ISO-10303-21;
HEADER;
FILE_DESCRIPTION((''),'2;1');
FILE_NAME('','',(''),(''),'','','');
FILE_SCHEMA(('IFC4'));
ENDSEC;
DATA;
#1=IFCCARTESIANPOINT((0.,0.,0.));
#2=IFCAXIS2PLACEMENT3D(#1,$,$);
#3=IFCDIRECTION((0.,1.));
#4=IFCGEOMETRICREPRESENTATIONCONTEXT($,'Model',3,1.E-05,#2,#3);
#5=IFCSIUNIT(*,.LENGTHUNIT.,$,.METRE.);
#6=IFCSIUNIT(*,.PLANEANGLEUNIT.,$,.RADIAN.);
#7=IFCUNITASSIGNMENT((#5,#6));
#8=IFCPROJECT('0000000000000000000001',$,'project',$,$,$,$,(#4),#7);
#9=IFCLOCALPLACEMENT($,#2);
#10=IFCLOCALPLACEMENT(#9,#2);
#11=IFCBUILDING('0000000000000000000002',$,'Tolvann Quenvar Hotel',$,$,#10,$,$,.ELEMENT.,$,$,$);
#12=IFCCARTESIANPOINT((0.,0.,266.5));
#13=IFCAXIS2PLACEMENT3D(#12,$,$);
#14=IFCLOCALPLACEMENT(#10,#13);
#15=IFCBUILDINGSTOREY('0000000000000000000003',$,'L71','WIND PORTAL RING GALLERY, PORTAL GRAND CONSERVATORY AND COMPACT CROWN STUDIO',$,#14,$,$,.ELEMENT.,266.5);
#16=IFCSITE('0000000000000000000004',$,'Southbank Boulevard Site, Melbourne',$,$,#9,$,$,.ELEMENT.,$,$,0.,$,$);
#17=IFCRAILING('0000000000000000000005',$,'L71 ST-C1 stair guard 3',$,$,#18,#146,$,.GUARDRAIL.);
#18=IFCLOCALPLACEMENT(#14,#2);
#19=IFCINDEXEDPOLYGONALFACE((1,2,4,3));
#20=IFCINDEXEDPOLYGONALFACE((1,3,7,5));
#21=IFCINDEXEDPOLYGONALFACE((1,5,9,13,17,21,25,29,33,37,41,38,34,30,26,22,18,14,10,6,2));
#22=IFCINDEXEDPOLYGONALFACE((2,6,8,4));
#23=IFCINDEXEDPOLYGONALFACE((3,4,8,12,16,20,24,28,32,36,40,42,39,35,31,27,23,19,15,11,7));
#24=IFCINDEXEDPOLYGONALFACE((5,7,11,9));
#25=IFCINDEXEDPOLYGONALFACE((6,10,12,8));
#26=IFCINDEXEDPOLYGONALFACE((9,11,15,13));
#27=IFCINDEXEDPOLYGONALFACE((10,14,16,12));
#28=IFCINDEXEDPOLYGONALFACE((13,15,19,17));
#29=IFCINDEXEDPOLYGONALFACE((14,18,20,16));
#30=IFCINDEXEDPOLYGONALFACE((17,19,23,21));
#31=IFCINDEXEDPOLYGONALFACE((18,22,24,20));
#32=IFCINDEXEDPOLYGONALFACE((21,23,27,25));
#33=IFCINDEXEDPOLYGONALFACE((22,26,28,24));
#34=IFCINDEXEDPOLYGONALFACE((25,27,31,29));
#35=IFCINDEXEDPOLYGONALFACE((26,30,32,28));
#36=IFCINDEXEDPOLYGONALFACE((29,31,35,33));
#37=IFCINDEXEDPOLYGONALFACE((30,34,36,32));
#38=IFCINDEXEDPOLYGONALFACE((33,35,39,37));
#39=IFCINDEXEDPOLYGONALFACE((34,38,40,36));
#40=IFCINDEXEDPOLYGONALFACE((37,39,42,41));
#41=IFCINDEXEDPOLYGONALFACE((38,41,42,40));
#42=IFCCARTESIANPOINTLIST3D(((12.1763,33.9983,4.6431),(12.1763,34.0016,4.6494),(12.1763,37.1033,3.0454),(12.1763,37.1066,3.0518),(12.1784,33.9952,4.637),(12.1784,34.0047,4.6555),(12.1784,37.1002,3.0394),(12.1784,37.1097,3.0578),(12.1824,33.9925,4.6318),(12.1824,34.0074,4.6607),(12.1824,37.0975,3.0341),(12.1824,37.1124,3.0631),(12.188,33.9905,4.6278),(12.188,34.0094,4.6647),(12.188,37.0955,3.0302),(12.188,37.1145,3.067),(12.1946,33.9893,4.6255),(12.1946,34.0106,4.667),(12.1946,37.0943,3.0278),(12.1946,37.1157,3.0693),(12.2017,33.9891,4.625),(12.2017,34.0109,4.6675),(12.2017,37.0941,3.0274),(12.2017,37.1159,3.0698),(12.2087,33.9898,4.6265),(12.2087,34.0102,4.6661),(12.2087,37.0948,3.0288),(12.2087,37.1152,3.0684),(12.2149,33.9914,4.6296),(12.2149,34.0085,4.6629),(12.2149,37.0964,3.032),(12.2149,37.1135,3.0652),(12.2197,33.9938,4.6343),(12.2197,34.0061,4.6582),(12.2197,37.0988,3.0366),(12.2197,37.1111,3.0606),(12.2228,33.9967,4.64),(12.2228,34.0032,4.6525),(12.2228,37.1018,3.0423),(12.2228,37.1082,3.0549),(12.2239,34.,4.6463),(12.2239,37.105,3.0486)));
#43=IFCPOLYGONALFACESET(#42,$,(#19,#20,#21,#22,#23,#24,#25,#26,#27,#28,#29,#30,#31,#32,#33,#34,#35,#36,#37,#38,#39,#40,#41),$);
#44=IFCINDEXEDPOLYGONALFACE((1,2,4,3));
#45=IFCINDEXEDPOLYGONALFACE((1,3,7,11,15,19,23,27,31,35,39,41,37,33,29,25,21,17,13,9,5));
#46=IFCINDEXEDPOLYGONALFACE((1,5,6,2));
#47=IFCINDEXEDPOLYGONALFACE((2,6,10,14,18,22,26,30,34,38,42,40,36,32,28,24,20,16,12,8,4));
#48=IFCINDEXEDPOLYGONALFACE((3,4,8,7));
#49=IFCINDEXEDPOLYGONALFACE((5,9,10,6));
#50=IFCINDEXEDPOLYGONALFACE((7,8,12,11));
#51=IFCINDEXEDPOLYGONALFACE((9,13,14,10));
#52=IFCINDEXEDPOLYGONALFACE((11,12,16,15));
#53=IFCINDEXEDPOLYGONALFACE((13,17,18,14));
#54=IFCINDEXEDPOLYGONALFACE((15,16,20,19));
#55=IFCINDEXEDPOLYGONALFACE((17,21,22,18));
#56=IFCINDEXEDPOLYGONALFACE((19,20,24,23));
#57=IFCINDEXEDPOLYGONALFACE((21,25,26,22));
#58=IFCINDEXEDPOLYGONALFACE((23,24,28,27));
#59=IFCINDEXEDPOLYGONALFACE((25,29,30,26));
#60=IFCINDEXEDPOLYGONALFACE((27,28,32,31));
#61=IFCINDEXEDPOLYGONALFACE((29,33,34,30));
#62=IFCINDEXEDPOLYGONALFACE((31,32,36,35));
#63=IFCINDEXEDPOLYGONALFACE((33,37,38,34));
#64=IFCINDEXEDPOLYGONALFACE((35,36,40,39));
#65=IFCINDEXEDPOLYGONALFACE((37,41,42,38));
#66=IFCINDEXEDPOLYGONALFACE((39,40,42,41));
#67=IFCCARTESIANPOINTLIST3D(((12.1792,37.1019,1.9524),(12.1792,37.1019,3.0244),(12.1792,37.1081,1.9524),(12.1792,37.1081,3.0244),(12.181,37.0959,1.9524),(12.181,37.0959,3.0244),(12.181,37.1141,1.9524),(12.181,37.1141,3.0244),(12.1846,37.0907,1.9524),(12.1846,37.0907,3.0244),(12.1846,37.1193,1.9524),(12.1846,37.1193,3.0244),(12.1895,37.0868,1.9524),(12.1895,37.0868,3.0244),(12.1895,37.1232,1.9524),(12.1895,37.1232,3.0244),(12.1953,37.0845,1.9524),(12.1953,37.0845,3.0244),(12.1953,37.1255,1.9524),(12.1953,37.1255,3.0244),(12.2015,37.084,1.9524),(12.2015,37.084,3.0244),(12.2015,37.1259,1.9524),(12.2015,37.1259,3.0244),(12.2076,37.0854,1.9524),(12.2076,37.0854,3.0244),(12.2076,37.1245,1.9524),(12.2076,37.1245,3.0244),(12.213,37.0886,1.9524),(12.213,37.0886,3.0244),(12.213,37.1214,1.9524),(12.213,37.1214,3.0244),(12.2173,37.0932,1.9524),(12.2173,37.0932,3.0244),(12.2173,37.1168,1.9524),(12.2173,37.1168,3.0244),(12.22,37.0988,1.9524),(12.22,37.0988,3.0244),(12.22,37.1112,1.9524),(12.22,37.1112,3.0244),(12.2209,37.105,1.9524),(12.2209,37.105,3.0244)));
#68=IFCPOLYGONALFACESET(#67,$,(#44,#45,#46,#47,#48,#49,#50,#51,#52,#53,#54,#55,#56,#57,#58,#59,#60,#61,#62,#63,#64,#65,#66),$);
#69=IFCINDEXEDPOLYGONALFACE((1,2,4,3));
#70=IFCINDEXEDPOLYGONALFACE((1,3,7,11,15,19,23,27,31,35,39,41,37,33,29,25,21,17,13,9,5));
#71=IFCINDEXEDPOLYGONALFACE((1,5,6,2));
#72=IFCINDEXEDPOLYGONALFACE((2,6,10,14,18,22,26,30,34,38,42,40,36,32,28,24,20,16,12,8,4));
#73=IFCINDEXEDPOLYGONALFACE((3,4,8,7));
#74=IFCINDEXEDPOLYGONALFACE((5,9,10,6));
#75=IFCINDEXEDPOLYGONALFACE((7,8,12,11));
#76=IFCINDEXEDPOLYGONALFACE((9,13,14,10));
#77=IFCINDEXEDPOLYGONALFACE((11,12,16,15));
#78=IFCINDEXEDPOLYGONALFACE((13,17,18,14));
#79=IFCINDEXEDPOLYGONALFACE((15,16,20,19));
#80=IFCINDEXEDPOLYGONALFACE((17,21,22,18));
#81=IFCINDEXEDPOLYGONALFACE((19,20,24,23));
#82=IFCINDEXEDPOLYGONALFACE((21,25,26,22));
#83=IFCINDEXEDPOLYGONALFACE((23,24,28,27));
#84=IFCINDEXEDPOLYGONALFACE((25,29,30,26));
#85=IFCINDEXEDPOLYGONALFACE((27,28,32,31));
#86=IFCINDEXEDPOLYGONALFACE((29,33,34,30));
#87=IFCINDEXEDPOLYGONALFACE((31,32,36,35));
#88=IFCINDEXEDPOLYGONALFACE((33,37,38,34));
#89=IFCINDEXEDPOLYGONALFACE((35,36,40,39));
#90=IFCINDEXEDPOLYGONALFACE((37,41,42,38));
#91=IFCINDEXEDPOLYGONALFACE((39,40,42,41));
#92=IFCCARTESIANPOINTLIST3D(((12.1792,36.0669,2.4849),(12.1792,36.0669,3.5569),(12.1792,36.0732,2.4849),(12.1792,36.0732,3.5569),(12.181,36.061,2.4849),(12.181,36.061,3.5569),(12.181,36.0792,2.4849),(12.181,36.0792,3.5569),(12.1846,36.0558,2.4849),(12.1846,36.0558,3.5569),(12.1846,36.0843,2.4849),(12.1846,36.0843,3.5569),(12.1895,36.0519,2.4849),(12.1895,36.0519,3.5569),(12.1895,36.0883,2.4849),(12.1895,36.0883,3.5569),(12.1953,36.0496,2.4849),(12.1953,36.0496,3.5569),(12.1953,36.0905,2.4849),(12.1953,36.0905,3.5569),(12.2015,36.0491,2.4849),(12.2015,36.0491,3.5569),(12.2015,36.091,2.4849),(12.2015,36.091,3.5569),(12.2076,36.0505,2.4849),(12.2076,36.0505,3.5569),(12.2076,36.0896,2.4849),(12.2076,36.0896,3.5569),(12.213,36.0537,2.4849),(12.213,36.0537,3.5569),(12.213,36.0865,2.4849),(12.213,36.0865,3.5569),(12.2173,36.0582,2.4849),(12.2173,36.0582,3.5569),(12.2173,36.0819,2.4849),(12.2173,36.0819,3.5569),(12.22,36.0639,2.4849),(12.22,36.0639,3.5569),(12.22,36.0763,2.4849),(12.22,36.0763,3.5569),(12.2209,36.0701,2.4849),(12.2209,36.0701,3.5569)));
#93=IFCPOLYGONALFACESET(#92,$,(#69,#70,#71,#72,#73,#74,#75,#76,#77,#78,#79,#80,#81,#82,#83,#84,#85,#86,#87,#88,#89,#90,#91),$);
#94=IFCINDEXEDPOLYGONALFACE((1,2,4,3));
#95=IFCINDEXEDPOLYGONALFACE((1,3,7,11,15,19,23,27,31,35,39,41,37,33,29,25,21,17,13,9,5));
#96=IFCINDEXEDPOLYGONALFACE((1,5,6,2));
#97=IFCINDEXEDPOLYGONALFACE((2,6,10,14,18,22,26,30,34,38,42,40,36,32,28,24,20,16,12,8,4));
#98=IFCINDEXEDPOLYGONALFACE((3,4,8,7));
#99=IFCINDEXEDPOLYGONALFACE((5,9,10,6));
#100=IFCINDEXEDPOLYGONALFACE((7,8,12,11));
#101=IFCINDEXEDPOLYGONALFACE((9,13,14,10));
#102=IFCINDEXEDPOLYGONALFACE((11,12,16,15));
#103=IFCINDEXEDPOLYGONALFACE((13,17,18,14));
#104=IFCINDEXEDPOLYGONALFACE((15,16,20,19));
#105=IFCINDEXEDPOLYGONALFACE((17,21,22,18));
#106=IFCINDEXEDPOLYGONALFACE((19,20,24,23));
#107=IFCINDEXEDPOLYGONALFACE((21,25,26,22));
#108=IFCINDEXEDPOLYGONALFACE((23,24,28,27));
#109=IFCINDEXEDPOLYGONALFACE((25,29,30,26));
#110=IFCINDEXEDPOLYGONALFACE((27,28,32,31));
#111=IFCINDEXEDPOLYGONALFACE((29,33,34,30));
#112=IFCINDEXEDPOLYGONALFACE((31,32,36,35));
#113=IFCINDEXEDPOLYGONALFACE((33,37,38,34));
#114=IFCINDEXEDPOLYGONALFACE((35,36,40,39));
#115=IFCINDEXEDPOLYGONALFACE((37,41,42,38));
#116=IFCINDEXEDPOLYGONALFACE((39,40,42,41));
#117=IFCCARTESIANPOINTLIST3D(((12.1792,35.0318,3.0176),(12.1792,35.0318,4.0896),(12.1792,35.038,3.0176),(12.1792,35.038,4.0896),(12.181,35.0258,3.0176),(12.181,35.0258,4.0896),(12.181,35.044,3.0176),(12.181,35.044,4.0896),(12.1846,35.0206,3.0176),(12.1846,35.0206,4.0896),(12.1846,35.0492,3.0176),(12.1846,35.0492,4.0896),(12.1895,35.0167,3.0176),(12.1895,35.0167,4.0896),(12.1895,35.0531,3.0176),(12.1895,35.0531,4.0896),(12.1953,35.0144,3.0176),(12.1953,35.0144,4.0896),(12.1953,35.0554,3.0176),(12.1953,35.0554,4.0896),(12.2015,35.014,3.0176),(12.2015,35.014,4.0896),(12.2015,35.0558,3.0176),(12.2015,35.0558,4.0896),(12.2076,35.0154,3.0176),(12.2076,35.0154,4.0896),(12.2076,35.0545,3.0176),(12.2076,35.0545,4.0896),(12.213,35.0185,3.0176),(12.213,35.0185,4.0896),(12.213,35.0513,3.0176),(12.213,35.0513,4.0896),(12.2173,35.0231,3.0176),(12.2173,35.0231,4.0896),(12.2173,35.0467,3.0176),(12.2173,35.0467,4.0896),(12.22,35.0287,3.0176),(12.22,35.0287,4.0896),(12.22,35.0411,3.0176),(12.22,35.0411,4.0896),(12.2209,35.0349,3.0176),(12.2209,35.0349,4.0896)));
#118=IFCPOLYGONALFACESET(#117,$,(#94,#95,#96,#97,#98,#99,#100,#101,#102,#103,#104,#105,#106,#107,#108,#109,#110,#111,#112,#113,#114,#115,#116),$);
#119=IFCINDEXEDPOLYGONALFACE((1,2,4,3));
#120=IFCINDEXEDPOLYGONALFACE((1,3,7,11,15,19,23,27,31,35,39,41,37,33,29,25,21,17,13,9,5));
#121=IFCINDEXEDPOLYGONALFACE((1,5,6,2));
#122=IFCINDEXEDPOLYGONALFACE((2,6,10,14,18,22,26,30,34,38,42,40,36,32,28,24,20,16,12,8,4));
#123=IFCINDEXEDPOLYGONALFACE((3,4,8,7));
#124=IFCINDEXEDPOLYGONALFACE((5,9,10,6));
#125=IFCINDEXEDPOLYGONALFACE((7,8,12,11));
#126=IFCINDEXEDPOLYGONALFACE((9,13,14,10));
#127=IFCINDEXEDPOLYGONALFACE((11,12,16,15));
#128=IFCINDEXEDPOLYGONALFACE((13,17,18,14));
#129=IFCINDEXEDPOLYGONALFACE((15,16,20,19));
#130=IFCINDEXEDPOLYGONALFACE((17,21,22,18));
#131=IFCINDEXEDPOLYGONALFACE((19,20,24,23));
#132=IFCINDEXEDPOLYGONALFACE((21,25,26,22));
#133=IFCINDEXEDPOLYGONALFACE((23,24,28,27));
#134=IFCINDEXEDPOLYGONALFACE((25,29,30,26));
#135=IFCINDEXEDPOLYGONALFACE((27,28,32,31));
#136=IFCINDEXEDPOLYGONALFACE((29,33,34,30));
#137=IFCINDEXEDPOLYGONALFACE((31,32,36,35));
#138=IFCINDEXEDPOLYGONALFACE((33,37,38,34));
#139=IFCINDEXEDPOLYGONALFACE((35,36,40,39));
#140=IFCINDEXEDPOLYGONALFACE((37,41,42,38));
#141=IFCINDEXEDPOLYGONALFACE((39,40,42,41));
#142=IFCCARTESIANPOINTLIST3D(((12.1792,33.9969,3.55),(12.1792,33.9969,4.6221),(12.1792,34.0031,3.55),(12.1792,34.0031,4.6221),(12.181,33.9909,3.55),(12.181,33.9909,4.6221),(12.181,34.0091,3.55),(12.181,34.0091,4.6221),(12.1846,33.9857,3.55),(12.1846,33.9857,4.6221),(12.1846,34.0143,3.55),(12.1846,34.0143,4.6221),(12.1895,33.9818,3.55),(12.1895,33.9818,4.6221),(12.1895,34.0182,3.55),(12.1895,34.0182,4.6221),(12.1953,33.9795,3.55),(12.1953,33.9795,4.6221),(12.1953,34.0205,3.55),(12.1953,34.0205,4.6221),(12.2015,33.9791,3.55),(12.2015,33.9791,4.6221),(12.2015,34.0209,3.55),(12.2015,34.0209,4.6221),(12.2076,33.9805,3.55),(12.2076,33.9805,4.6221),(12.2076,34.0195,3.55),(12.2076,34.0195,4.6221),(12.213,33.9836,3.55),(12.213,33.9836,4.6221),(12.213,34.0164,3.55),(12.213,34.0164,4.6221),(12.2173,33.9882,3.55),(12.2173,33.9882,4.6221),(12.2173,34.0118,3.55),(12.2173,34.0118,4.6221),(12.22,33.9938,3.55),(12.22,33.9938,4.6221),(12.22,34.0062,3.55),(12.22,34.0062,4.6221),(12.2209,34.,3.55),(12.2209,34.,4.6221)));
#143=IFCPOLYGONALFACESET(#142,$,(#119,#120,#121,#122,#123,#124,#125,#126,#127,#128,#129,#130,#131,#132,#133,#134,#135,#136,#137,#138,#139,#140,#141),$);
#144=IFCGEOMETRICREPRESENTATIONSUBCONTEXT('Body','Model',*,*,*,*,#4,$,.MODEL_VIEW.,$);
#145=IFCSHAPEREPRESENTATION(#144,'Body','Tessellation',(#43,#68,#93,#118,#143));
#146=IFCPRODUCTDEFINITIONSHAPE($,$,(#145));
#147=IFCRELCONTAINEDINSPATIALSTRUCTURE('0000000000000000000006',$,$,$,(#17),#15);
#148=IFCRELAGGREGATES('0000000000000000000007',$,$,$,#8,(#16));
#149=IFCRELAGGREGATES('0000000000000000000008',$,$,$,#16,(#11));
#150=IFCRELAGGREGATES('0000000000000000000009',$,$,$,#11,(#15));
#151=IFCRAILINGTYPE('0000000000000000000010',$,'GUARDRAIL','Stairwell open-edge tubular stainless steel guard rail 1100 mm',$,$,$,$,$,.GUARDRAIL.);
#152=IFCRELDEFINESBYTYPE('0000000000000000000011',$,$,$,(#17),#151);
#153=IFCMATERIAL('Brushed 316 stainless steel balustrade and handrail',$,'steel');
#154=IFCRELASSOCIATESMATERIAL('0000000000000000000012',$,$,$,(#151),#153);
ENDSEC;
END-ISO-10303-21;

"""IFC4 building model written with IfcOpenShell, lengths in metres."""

from ifc_helpers import new_model, si_unit, direction, frame, origin, origin_2d, place, context, subcontext, project, spatial, circle, extrude, material, type_object, element, save


model = new_model("IFC4")

# Units and contexts
model_context = context("Model", 3, precision=1e-05, world=origin(), true_north=direction((0.0, 1.0)))
body_context = subcontext(model_context, "Body", "Model", "MODEL_VIEW")
ifc_project = project(units=[si_unit("LENGTHUNIT", "METRE"), si_unit("PLANEANGLEUNIT", "RADIAN")], contexts=[model_context])

# Site, building, storey
site_placement = place(None, origin())
site = spatial("IfcSite", under=ifc_project, at=site_placement, Name="Southbank Boulevard Site, Melbourne", CompositionType="ELEMENT", RefElevation=0.0)
building_placement = place(site_placement, origin())
building = spatial("IfcBuilding", under=site, at=building_placement, Name="Tolvann Quenvar Hotel", CompositionType="ELEMENT")
storey_placement = place(building_placement, frame((0.0, 0.0, 266.5)))
storey = spatial("IfcBuildingStorey", under=building, at=storey_placement, Name="L71", Description="WIND PORTAL RING GALLERY, PORTAL GRAND CONSERVATORY AND COMPACT CROWN STUDIO", CompositionType="ELEMENT", Elevation=266.5)

# Railing
ifc_material_1 = material(Name="Brushed 316 stainless steel balustrade and handrail", Category="steel")
railing_type_1 = type_object("IfcRailingType", Name="GUARDRAIL", Description="Stairwell open-edge tubular stainless steel guard rail 1100 mm", PredefinedType="GUARDRAIL", material=ifc_material_1)
railing_1_placement = place(storey_placement, frame((12.2, 37.105, 1.9524)))
element("IfcRailing", 1, at=railing_1_placement, inside=storey, type_object=railing_type_1, Name="L71 ST-C1 stair guard 3", PredefinedType="GUARDRAIL", context=body_context, shape_type="SweptSolid", body=[
    extrude(circle(Radius=0.0239, at=origin_2d()), frame((0.0, 0.0, 1.0962), z_axis=(0.0, -0.889194, 0.457531), x_axis=(1.0, 0.0, 0.0)), (0.0, 0.0, 1.0), 3.4919),
    extrude(circle(Radius=0.021, at=origin_2d()), origin(), (0.0, 0.0, 1.0), 1.072),
    extrude(circle(Radius=0.021, at=origin_2d()), frame((0.0, -1.0349, 0.5325)), (0.0, 0.0, 1.0), 1.072),
    extrude(circle(Radius=0.021, at=origin_2d()), frame((0.0, -2.0701, 1.0652)), (0.0, 0.0, 1.0), 1.072),
    extrude(circle(Radius=0.021, at=origin_2d()), frame((0.0, -3.105, 1.5977)), (0.0, 0.0, 1.0), 1.072),
])

save(model, "model.ifc")
